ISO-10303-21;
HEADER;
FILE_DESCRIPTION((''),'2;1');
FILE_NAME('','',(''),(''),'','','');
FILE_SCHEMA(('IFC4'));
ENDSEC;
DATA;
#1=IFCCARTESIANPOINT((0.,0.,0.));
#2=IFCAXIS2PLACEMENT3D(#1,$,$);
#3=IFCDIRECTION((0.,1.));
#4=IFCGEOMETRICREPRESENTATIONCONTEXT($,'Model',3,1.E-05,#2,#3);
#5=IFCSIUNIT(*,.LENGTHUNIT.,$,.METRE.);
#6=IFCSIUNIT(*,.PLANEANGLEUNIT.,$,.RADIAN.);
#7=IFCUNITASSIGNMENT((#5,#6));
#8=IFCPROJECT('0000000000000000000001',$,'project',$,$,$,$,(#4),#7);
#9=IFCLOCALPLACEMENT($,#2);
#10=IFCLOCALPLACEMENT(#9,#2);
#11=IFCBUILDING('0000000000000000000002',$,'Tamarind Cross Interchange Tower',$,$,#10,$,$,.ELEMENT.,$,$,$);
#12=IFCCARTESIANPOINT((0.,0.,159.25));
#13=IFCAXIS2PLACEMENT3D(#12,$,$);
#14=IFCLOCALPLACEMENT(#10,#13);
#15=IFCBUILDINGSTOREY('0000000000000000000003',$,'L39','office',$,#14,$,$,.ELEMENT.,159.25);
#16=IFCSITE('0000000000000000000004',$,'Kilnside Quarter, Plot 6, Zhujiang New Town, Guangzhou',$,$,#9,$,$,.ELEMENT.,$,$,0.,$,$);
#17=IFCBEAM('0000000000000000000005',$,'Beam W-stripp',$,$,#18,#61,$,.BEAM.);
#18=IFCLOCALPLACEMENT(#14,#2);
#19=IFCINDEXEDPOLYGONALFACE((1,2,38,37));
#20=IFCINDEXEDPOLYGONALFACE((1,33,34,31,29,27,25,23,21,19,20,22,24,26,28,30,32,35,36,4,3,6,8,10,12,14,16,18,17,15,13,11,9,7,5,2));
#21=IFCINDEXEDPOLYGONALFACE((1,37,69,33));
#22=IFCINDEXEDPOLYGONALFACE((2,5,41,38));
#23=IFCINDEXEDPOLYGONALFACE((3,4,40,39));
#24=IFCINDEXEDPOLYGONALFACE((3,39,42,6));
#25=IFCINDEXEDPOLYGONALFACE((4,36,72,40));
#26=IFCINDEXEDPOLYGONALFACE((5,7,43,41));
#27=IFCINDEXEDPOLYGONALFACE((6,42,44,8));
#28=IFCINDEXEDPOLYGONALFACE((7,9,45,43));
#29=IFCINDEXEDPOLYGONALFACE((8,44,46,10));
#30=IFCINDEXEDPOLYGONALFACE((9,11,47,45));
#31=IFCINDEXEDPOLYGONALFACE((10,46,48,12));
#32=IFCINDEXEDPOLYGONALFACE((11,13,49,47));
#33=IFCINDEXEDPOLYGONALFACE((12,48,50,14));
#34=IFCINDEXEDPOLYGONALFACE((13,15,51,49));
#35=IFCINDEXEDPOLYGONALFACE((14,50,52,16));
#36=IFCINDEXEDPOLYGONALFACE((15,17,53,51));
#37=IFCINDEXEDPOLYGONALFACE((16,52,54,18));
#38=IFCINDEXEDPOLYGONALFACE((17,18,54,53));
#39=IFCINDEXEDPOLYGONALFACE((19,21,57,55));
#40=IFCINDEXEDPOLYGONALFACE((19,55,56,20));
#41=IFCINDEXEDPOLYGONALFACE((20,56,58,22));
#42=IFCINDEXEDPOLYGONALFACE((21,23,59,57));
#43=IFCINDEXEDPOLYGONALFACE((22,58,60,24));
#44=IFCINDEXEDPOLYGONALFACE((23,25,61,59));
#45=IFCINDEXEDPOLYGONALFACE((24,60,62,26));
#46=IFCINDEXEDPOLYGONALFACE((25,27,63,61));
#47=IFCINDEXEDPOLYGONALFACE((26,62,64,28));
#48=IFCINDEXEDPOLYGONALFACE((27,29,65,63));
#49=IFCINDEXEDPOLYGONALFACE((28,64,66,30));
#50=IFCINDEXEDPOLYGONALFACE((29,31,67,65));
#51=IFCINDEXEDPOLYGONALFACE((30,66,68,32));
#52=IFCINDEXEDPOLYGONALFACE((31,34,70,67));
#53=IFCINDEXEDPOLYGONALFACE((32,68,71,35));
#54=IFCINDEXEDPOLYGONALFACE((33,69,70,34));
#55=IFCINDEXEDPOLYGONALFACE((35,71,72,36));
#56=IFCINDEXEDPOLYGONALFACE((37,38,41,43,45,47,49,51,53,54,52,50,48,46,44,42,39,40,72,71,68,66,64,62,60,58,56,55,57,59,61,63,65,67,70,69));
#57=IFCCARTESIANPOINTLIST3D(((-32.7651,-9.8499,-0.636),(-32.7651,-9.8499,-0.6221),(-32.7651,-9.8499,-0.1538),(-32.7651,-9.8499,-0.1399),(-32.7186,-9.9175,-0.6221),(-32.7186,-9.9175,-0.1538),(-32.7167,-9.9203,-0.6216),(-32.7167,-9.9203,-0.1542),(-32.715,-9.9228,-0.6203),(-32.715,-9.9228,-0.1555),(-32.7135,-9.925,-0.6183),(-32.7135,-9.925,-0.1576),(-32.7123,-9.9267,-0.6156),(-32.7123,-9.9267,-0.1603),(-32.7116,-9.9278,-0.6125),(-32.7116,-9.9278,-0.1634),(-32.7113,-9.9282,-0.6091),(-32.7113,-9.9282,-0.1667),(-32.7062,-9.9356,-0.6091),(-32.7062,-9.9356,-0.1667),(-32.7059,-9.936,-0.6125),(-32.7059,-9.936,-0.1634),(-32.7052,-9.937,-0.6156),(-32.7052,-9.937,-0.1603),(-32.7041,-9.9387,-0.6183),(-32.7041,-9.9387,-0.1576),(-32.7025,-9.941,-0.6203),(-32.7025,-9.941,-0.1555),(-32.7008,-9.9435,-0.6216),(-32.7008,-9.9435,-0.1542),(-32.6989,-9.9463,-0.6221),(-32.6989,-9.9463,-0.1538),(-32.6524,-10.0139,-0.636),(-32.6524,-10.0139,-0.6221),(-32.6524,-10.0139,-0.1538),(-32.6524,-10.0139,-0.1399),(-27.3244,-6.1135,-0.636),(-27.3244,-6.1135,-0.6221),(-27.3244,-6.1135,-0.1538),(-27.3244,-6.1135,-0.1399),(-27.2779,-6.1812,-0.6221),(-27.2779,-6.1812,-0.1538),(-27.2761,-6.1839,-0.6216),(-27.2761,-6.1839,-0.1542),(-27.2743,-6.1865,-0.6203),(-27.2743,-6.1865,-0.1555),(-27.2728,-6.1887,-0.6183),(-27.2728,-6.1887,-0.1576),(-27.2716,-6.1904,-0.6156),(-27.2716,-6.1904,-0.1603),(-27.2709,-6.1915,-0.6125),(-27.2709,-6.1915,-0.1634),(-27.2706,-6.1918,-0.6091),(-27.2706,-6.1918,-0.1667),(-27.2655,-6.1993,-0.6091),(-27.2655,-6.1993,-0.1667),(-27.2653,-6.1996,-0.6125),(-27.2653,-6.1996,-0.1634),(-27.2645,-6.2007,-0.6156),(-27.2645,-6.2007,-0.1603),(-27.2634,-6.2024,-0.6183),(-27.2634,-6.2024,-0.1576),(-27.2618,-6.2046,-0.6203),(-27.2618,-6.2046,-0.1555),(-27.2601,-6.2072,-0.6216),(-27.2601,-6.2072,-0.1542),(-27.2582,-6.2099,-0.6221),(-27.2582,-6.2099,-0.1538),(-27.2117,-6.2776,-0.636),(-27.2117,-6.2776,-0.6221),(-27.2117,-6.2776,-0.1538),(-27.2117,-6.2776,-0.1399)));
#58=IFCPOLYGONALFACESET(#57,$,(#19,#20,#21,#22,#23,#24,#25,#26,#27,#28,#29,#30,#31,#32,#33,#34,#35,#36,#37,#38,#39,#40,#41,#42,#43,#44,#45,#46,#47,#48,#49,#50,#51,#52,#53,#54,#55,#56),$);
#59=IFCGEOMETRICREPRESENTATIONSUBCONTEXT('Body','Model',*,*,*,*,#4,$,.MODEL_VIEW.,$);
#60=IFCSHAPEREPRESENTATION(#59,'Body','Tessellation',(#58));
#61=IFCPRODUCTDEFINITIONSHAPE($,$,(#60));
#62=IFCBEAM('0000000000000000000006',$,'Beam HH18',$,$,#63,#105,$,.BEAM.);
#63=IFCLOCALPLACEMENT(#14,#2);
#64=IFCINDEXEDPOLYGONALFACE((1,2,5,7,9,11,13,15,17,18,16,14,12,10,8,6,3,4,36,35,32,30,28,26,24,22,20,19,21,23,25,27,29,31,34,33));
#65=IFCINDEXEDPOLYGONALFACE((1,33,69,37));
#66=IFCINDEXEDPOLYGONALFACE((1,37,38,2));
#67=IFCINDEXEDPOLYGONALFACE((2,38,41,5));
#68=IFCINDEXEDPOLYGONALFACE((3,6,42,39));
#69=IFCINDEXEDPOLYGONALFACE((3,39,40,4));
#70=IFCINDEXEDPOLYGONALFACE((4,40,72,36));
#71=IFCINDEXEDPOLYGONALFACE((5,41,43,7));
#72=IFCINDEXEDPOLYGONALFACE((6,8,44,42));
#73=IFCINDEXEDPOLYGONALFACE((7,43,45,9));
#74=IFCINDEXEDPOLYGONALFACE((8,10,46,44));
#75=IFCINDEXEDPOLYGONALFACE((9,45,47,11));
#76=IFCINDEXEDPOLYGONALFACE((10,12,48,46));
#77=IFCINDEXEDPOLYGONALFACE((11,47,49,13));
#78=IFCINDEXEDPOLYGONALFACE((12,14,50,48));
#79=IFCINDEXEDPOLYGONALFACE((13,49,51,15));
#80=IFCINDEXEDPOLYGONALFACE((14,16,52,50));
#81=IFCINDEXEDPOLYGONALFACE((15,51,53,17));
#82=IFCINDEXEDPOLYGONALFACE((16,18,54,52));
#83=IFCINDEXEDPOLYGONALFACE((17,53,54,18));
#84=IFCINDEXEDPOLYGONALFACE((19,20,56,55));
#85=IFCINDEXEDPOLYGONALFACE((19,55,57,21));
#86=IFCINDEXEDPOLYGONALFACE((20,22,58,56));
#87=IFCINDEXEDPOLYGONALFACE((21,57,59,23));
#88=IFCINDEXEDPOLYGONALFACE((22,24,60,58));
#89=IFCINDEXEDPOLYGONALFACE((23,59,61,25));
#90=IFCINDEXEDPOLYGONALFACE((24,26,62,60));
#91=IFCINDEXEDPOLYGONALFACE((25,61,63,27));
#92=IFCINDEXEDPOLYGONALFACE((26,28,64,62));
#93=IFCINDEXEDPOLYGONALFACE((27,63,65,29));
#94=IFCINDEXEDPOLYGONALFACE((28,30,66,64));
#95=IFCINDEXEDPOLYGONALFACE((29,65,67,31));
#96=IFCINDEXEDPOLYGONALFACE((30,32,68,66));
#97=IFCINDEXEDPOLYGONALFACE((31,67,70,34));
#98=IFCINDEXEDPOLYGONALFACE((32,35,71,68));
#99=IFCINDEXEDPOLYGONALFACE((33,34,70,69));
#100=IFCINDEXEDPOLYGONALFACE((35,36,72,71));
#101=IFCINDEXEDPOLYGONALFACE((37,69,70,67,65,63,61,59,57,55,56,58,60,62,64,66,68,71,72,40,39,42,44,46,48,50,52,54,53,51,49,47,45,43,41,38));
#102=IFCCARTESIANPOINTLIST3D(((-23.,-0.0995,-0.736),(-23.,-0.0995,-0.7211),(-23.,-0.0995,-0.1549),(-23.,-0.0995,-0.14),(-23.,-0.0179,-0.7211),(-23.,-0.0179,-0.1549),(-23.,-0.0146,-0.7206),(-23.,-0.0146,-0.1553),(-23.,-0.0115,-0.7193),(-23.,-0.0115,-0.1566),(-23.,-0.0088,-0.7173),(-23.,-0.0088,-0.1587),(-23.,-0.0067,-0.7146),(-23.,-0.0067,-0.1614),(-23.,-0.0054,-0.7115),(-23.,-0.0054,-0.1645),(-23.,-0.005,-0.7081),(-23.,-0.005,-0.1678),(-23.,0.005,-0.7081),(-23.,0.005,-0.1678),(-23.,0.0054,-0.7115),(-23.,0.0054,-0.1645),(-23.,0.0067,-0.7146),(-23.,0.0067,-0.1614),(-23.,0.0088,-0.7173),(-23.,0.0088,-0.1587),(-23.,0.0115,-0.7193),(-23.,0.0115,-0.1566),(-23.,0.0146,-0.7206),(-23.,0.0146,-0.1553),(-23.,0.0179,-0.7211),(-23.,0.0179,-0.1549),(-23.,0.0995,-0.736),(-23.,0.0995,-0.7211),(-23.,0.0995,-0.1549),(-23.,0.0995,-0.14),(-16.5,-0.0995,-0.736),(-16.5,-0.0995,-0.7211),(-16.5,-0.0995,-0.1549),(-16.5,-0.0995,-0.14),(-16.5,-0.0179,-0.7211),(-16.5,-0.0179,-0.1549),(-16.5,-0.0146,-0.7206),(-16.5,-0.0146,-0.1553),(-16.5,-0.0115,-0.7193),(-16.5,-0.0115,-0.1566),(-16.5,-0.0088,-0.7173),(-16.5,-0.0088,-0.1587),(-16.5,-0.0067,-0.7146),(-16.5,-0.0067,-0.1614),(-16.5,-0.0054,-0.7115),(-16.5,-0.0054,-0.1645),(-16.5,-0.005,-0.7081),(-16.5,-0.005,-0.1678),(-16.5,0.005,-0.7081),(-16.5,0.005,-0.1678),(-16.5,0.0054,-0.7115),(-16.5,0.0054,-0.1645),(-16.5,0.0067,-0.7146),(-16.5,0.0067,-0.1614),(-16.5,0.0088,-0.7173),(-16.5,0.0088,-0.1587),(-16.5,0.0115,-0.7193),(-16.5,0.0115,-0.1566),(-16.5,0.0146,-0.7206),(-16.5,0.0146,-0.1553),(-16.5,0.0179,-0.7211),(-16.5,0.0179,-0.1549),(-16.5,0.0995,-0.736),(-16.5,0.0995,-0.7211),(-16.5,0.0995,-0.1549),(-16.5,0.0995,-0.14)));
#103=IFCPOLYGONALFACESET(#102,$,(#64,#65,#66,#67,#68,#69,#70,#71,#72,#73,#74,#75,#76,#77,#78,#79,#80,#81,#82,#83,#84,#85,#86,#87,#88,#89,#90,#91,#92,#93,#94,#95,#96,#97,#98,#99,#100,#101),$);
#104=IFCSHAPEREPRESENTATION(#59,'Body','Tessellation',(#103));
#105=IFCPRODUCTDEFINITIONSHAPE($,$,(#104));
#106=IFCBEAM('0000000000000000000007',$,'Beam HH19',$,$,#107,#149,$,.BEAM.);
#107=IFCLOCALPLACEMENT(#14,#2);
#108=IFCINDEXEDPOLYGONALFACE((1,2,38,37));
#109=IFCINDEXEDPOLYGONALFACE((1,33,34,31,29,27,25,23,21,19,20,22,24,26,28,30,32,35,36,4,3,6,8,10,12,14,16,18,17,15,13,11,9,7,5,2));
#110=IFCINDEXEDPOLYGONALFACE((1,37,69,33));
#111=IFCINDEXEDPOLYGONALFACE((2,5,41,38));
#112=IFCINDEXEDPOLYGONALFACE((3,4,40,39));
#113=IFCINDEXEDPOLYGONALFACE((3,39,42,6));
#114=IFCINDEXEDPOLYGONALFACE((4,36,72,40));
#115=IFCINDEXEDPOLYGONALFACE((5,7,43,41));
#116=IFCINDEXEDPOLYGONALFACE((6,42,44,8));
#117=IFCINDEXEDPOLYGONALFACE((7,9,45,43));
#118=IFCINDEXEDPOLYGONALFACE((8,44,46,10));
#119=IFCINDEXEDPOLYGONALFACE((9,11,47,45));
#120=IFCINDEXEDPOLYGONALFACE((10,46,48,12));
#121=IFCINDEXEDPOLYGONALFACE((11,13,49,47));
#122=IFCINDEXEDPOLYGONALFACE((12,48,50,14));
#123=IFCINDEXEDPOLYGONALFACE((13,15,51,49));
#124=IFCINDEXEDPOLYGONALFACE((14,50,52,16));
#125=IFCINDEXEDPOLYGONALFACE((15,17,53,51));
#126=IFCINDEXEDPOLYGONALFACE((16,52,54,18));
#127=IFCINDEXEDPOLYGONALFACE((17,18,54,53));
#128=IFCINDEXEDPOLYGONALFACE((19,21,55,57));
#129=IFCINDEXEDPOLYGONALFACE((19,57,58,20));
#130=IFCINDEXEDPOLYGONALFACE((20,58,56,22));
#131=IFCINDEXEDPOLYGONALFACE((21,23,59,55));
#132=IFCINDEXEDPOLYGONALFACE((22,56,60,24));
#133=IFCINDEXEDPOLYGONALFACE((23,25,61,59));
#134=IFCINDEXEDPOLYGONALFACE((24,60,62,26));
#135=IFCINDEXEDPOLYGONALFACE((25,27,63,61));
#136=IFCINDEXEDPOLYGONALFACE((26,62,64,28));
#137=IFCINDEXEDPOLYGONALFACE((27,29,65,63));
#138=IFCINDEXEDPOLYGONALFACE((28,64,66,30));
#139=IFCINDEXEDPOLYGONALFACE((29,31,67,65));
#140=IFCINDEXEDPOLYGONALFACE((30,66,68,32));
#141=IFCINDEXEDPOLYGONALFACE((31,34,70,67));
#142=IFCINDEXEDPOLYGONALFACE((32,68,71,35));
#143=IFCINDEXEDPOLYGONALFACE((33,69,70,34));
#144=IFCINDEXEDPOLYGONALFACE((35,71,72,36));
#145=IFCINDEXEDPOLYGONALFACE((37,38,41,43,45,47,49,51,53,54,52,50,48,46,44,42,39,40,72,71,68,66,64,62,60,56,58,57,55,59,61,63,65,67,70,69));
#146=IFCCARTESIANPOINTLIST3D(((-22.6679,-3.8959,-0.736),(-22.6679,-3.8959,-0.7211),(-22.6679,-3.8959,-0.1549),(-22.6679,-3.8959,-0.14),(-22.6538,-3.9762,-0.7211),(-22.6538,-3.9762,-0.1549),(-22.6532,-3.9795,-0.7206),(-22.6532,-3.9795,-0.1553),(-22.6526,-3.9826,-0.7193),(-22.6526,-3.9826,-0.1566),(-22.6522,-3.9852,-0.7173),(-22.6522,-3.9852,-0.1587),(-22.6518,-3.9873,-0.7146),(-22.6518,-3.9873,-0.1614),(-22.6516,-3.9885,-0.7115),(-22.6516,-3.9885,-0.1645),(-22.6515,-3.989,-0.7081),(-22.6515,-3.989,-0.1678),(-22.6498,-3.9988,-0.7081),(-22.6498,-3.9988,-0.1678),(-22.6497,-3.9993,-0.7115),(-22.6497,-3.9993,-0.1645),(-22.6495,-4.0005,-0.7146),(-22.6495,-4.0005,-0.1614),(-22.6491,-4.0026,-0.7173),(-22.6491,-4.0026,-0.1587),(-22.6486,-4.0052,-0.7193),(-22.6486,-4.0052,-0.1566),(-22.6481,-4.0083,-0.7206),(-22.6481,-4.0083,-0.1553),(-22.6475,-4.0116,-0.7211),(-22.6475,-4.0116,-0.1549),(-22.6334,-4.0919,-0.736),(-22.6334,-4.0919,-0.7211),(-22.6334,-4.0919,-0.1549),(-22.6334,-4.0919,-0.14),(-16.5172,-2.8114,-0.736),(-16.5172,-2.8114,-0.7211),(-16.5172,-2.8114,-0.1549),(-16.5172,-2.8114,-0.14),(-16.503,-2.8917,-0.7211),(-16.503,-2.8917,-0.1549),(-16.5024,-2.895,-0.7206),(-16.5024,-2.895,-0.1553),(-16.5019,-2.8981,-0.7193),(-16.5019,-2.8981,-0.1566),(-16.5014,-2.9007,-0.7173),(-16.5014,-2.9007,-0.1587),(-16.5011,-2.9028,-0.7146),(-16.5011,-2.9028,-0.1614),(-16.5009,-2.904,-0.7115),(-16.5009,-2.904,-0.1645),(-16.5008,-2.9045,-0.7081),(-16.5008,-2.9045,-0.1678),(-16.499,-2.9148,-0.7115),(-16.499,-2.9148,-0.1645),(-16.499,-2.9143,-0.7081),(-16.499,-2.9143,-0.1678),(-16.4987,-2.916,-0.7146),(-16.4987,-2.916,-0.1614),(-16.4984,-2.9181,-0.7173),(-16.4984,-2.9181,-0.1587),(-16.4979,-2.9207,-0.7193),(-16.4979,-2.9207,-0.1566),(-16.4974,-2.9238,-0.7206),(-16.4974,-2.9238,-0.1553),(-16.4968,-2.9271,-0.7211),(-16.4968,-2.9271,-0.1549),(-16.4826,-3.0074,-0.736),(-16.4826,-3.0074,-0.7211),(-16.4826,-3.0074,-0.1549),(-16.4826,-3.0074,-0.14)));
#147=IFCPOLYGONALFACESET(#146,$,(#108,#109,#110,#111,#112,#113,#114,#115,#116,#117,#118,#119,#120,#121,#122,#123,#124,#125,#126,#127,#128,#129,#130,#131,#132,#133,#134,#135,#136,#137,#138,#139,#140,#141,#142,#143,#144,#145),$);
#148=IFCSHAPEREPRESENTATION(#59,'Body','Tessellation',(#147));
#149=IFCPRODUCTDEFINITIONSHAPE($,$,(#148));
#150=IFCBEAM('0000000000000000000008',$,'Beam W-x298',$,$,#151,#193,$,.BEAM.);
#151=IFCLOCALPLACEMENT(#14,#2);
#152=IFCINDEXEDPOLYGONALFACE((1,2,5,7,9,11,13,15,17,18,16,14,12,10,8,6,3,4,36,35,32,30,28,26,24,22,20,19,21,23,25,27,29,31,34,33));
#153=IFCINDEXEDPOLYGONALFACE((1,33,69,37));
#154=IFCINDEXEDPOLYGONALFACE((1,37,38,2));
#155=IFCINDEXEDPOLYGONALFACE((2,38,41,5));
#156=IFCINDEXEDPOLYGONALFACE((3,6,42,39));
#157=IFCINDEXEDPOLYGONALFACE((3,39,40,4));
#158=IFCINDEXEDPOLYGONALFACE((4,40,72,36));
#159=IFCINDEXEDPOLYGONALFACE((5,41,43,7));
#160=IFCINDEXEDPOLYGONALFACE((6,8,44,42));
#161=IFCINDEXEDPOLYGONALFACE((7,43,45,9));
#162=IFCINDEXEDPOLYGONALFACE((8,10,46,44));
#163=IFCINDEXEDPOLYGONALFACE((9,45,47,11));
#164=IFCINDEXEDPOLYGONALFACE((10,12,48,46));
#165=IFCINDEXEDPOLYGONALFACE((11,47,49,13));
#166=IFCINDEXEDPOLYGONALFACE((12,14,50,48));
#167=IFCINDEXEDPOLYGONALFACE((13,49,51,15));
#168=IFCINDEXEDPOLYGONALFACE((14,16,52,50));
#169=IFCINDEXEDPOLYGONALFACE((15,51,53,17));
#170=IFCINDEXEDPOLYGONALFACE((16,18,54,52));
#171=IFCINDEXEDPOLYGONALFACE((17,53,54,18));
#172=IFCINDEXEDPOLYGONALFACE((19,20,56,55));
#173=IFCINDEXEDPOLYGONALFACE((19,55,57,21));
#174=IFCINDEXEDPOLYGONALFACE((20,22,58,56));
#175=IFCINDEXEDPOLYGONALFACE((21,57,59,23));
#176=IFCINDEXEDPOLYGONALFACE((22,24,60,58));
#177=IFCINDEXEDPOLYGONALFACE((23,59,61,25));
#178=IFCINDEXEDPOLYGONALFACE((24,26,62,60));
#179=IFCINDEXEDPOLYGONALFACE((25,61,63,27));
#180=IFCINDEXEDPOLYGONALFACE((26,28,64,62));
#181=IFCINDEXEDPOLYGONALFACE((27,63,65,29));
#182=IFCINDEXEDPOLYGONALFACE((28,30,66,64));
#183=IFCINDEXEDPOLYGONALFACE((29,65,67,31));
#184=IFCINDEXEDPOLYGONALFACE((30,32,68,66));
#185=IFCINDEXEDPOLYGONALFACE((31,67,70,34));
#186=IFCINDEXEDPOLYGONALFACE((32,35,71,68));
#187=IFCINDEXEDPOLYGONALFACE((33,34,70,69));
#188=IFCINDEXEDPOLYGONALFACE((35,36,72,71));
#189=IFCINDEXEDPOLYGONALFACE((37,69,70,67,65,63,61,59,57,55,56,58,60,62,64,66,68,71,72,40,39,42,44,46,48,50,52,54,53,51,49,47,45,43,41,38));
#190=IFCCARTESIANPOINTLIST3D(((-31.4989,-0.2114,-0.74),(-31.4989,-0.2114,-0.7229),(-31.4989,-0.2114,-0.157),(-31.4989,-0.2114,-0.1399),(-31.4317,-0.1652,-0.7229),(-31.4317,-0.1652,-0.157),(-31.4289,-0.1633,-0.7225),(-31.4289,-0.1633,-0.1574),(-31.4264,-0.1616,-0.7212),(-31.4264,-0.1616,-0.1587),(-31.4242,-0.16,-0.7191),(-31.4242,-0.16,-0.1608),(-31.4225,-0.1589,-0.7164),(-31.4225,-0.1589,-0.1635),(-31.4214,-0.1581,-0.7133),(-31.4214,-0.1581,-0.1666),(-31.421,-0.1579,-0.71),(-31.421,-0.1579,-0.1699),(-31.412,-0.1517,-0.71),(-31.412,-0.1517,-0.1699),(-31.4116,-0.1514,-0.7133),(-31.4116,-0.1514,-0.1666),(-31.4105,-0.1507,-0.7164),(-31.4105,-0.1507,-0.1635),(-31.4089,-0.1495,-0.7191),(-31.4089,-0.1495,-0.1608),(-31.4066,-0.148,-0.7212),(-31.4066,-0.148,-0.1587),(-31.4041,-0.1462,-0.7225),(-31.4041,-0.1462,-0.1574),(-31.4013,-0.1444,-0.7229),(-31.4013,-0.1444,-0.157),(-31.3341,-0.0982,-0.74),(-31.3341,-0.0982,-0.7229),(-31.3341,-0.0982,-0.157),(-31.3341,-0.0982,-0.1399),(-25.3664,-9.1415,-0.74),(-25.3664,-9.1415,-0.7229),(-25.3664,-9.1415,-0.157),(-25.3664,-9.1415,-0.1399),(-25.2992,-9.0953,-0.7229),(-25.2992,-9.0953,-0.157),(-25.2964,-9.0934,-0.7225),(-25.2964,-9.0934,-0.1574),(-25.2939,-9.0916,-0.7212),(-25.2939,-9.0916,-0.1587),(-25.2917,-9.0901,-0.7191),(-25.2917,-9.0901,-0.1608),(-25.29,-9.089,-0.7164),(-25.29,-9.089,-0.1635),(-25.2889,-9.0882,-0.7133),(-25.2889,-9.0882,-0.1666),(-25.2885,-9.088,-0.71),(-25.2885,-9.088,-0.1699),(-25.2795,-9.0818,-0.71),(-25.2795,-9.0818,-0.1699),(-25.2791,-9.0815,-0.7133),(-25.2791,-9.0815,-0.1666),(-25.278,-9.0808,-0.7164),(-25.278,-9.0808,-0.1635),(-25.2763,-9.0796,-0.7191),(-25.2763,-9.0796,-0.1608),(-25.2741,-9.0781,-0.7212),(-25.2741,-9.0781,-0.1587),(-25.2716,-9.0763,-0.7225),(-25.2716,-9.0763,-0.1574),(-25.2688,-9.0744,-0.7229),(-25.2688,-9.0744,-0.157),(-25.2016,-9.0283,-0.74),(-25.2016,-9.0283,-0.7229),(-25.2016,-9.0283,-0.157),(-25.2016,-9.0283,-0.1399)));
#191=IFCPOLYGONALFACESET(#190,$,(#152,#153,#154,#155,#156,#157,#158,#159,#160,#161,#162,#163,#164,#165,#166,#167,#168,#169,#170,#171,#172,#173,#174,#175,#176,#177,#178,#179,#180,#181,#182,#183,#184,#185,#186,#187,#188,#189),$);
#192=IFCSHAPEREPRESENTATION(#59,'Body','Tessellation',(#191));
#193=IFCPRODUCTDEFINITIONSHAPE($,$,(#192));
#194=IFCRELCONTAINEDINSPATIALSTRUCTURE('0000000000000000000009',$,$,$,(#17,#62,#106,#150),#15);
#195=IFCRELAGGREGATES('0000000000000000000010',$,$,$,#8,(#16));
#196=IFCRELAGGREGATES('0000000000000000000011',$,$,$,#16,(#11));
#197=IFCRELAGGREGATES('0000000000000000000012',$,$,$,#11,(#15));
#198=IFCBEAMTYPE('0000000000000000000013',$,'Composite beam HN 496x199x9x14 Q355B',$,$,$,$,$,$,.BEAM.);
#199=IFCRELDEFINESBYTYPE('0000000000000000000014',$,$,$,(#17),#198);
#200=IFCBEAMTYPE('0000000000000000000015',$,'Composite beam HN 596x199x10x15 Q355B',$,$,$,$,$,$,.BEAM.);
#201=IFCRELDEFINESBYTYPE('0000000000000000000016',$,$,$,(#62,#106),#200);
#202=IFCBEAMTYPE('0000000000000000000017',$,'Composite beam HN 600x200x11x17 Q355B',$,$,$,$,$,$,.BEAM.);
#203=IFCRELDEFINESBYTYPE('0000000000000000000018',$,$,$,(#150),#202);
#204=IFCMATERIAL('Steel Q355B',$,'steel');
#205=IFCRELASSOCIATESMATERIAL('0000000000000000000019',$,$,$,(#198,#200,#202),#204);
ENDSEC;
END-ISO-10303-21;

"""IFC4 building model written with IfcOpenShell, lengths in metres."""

from ifc_helpers import new_model, si_unit, direction, frame, origin, origin_2d, place, context, subcontext, project, spatial, i_section, extrude, material, material_profile, profile_set, type_object, element, save


model = new_model("IFC4")

# Units and contexts
model_context = context("Model", 3, precision=1e-05, world=origin(), true_north=direction((0.0, 1.0)))
body_context = subcontext(model_context, "Body", "Model", "MODEL_VIEW")
ifc_project = project(units=[si_unit("LENGTHUNIT", "METRE"), si_unit("PLANEANGLEUNIT", "RADIAN")], contexts=[model_context])

# Site, building, storey
site_placement = place(None, origin())
site = spatial("IfcSite", under=ifc_project, at=site_placement, Name="Kilnside Quarter, Plot 6, Zhujiang New Town, Guangzhou", CompositionType="ELEMENT", RefElevation=0.0)
building_placement = place(site_placement, origin())
building = spatial("IfcBuilding", under=site, at=building_placement, Name="Tamarind Cross Interchange Tower", CompositionType="ELEMENT")
storey_placement = place(building_placement, frame((0.0, 0.0, 159.25)))
storey = spatial("IfcBuildingStorey", under=building, at=storey_placement, Name="L39", Description="office", CompositionType="ELEMENT", Elevation=159.25)

# Beams
ifc_material_1 = material(Name="Steel Q355B", Category="steel")
ifc_material_profile_1 = material_profile(ifc_material_1, i_section(OverallWidth=0.199, OverallDepth=0.4961, WebThickness=0.009, FlangeThickness=0.0139, FilletRadius=0.0129, at=origin_2d()), Name="HN 496x199x9x14")
ifc_profile_set_1 = profile_set([ifc_material_profile_1], Name="Steel Q355B")
beam_type_1 = type_object("IfcBeamType", Name="Composite beam HN 496x199x9x14 Q355B", PredefinedType="BEAM", material=ifc_profile_set_1)
for number, where, z_axis, x_axis, name in (
    (1, (-27.2681, -6.1956, -0.3879), (-0.824334, -0.566103, 0.0), (0.566103, -0.824334, 0.0), "Beam W-stripp"),
):
    element("IfcBeam", number, at=place(storey_placement, frame(where, z_axis=z_axis, x_axis=x_axis)), inside=storey, type_object=beam_type_1, Name=name, PredefinedType="BEAM", context=body_context, shape_type="SweptSolid", body=[
        extrude(i_section(OverallWidth=0.199, OverallDepth=0.4961, WebThickness=0.009, FlangeThickness=0.0139, FilletRadius=0.0129, at=origin_2d()), origin(), (0.0, 0.0, 1.0), 6.6001),
    ])
ifc_material_profile_2 = material_profile(ifc_material_1, i_section(OverallWidth=0.199, OverallDepth=0.5959, WebThickness=0.01, FlangeThickness=0.0149, FilletRadius=0.0129, at=origin_2d()), Name="HN 596x199x10x15")
ifc_profile_set_2 = profile_set([ifc_material_profile_2], Name="Steel Q355B")
beam_type_2 = type_object("IfcBeamType", Name="Composite beam HN 596x199x10x15 Q355B", PredefinedType="BEAM", material=ifc_profile_set_2)
beam_1_placement = place(storey_placement, frame((-23.0, 0.0, -0.438), z_axis=(1.0, 0.0, 0.0), x_axis=(0.0, 1.0, 0.0)))
element("IfcBeam", 2, at=beam_1_placement, inside=storey, type_object=beam_type_2, Name="Beam HH18", PredefinedType="BEAM", context=body_context, shape_type="SweptSolid", body=[
    extrude(i_section(OverallWidth=0.199, OverallDepth=0.5959, WebThickness=0.01, FlangeThickness=0.0149, FilletRadius=0.0129, at=origin_2d()), origin(), (0.0, 0.0, 1.0), 6.5),
])
beam_2_placement = place(storey_placement, frame((-22.6506, -3.9939, -0.438), z_axis=(0.984809, 0.17364, 0.0), x_axis=(-0.17364, 0.984809, 0.0)))
element("IfcBeam", 3, at=beam_2_placement, inside=storey, type_object=beam_type_2, Name="Beam HH19", PredefinedType="BEAM", context=body_context, shape_type="SweptSolid", body=[
    extrude(i_section(OverallWidth=0.199, OverallDepth=0.5959, WebThickness=0.01, FlangeThickness=0.0149, FilletRadius=0.0129, at=origin_2d()), origin(), (0.0, 0.0, 1.0), 6.2456),
])
ifc_material_profile_3 = material_profile(ifc_material_1, i_section(OverallWidth=0.2, OverallDepth=0.6001, WebThickness=0.011, FlangeThickness=0.0171, FilletRadius=0.0129, at=origin_2d()), Name="HN 600x200x11x17")
ifc_profile_set_3 = profile_set([ifc_material_profile_3], Name="Steel Q355B")
beam_type_3 = type_object("IfcBeamType", Name="Composite beam HN 600x200x11x17 Q355B", PredefinedType="BEAM", material=ifc_profile_set_3)
beam_3_placement = place(storey_placement, frame((-31.4165, -0.1548, -0.4399), z_axis=(0.566095, -0.82434, 0.0), x_axis=(0.82434, 0.566095, 0.0)))
element("IfcBeam", 4, at=beam_3_placement, inside=storey, type_object=beam_type_3, Name="Beam W-x298", PredefinedType="BEAM", context=body_context, shape_type="SweptSolid", body=[
    extrude(i_section(OverallWidth=0.2, OverallDepth=0.6001, WebThickness=0.011, FlangeThickness=0.0171, FilletRadius=0.0129, at=origin_2d()), origin(), (0.0, 0.0, 1.0), 10.833),
])

save(model, "model.ifc")
